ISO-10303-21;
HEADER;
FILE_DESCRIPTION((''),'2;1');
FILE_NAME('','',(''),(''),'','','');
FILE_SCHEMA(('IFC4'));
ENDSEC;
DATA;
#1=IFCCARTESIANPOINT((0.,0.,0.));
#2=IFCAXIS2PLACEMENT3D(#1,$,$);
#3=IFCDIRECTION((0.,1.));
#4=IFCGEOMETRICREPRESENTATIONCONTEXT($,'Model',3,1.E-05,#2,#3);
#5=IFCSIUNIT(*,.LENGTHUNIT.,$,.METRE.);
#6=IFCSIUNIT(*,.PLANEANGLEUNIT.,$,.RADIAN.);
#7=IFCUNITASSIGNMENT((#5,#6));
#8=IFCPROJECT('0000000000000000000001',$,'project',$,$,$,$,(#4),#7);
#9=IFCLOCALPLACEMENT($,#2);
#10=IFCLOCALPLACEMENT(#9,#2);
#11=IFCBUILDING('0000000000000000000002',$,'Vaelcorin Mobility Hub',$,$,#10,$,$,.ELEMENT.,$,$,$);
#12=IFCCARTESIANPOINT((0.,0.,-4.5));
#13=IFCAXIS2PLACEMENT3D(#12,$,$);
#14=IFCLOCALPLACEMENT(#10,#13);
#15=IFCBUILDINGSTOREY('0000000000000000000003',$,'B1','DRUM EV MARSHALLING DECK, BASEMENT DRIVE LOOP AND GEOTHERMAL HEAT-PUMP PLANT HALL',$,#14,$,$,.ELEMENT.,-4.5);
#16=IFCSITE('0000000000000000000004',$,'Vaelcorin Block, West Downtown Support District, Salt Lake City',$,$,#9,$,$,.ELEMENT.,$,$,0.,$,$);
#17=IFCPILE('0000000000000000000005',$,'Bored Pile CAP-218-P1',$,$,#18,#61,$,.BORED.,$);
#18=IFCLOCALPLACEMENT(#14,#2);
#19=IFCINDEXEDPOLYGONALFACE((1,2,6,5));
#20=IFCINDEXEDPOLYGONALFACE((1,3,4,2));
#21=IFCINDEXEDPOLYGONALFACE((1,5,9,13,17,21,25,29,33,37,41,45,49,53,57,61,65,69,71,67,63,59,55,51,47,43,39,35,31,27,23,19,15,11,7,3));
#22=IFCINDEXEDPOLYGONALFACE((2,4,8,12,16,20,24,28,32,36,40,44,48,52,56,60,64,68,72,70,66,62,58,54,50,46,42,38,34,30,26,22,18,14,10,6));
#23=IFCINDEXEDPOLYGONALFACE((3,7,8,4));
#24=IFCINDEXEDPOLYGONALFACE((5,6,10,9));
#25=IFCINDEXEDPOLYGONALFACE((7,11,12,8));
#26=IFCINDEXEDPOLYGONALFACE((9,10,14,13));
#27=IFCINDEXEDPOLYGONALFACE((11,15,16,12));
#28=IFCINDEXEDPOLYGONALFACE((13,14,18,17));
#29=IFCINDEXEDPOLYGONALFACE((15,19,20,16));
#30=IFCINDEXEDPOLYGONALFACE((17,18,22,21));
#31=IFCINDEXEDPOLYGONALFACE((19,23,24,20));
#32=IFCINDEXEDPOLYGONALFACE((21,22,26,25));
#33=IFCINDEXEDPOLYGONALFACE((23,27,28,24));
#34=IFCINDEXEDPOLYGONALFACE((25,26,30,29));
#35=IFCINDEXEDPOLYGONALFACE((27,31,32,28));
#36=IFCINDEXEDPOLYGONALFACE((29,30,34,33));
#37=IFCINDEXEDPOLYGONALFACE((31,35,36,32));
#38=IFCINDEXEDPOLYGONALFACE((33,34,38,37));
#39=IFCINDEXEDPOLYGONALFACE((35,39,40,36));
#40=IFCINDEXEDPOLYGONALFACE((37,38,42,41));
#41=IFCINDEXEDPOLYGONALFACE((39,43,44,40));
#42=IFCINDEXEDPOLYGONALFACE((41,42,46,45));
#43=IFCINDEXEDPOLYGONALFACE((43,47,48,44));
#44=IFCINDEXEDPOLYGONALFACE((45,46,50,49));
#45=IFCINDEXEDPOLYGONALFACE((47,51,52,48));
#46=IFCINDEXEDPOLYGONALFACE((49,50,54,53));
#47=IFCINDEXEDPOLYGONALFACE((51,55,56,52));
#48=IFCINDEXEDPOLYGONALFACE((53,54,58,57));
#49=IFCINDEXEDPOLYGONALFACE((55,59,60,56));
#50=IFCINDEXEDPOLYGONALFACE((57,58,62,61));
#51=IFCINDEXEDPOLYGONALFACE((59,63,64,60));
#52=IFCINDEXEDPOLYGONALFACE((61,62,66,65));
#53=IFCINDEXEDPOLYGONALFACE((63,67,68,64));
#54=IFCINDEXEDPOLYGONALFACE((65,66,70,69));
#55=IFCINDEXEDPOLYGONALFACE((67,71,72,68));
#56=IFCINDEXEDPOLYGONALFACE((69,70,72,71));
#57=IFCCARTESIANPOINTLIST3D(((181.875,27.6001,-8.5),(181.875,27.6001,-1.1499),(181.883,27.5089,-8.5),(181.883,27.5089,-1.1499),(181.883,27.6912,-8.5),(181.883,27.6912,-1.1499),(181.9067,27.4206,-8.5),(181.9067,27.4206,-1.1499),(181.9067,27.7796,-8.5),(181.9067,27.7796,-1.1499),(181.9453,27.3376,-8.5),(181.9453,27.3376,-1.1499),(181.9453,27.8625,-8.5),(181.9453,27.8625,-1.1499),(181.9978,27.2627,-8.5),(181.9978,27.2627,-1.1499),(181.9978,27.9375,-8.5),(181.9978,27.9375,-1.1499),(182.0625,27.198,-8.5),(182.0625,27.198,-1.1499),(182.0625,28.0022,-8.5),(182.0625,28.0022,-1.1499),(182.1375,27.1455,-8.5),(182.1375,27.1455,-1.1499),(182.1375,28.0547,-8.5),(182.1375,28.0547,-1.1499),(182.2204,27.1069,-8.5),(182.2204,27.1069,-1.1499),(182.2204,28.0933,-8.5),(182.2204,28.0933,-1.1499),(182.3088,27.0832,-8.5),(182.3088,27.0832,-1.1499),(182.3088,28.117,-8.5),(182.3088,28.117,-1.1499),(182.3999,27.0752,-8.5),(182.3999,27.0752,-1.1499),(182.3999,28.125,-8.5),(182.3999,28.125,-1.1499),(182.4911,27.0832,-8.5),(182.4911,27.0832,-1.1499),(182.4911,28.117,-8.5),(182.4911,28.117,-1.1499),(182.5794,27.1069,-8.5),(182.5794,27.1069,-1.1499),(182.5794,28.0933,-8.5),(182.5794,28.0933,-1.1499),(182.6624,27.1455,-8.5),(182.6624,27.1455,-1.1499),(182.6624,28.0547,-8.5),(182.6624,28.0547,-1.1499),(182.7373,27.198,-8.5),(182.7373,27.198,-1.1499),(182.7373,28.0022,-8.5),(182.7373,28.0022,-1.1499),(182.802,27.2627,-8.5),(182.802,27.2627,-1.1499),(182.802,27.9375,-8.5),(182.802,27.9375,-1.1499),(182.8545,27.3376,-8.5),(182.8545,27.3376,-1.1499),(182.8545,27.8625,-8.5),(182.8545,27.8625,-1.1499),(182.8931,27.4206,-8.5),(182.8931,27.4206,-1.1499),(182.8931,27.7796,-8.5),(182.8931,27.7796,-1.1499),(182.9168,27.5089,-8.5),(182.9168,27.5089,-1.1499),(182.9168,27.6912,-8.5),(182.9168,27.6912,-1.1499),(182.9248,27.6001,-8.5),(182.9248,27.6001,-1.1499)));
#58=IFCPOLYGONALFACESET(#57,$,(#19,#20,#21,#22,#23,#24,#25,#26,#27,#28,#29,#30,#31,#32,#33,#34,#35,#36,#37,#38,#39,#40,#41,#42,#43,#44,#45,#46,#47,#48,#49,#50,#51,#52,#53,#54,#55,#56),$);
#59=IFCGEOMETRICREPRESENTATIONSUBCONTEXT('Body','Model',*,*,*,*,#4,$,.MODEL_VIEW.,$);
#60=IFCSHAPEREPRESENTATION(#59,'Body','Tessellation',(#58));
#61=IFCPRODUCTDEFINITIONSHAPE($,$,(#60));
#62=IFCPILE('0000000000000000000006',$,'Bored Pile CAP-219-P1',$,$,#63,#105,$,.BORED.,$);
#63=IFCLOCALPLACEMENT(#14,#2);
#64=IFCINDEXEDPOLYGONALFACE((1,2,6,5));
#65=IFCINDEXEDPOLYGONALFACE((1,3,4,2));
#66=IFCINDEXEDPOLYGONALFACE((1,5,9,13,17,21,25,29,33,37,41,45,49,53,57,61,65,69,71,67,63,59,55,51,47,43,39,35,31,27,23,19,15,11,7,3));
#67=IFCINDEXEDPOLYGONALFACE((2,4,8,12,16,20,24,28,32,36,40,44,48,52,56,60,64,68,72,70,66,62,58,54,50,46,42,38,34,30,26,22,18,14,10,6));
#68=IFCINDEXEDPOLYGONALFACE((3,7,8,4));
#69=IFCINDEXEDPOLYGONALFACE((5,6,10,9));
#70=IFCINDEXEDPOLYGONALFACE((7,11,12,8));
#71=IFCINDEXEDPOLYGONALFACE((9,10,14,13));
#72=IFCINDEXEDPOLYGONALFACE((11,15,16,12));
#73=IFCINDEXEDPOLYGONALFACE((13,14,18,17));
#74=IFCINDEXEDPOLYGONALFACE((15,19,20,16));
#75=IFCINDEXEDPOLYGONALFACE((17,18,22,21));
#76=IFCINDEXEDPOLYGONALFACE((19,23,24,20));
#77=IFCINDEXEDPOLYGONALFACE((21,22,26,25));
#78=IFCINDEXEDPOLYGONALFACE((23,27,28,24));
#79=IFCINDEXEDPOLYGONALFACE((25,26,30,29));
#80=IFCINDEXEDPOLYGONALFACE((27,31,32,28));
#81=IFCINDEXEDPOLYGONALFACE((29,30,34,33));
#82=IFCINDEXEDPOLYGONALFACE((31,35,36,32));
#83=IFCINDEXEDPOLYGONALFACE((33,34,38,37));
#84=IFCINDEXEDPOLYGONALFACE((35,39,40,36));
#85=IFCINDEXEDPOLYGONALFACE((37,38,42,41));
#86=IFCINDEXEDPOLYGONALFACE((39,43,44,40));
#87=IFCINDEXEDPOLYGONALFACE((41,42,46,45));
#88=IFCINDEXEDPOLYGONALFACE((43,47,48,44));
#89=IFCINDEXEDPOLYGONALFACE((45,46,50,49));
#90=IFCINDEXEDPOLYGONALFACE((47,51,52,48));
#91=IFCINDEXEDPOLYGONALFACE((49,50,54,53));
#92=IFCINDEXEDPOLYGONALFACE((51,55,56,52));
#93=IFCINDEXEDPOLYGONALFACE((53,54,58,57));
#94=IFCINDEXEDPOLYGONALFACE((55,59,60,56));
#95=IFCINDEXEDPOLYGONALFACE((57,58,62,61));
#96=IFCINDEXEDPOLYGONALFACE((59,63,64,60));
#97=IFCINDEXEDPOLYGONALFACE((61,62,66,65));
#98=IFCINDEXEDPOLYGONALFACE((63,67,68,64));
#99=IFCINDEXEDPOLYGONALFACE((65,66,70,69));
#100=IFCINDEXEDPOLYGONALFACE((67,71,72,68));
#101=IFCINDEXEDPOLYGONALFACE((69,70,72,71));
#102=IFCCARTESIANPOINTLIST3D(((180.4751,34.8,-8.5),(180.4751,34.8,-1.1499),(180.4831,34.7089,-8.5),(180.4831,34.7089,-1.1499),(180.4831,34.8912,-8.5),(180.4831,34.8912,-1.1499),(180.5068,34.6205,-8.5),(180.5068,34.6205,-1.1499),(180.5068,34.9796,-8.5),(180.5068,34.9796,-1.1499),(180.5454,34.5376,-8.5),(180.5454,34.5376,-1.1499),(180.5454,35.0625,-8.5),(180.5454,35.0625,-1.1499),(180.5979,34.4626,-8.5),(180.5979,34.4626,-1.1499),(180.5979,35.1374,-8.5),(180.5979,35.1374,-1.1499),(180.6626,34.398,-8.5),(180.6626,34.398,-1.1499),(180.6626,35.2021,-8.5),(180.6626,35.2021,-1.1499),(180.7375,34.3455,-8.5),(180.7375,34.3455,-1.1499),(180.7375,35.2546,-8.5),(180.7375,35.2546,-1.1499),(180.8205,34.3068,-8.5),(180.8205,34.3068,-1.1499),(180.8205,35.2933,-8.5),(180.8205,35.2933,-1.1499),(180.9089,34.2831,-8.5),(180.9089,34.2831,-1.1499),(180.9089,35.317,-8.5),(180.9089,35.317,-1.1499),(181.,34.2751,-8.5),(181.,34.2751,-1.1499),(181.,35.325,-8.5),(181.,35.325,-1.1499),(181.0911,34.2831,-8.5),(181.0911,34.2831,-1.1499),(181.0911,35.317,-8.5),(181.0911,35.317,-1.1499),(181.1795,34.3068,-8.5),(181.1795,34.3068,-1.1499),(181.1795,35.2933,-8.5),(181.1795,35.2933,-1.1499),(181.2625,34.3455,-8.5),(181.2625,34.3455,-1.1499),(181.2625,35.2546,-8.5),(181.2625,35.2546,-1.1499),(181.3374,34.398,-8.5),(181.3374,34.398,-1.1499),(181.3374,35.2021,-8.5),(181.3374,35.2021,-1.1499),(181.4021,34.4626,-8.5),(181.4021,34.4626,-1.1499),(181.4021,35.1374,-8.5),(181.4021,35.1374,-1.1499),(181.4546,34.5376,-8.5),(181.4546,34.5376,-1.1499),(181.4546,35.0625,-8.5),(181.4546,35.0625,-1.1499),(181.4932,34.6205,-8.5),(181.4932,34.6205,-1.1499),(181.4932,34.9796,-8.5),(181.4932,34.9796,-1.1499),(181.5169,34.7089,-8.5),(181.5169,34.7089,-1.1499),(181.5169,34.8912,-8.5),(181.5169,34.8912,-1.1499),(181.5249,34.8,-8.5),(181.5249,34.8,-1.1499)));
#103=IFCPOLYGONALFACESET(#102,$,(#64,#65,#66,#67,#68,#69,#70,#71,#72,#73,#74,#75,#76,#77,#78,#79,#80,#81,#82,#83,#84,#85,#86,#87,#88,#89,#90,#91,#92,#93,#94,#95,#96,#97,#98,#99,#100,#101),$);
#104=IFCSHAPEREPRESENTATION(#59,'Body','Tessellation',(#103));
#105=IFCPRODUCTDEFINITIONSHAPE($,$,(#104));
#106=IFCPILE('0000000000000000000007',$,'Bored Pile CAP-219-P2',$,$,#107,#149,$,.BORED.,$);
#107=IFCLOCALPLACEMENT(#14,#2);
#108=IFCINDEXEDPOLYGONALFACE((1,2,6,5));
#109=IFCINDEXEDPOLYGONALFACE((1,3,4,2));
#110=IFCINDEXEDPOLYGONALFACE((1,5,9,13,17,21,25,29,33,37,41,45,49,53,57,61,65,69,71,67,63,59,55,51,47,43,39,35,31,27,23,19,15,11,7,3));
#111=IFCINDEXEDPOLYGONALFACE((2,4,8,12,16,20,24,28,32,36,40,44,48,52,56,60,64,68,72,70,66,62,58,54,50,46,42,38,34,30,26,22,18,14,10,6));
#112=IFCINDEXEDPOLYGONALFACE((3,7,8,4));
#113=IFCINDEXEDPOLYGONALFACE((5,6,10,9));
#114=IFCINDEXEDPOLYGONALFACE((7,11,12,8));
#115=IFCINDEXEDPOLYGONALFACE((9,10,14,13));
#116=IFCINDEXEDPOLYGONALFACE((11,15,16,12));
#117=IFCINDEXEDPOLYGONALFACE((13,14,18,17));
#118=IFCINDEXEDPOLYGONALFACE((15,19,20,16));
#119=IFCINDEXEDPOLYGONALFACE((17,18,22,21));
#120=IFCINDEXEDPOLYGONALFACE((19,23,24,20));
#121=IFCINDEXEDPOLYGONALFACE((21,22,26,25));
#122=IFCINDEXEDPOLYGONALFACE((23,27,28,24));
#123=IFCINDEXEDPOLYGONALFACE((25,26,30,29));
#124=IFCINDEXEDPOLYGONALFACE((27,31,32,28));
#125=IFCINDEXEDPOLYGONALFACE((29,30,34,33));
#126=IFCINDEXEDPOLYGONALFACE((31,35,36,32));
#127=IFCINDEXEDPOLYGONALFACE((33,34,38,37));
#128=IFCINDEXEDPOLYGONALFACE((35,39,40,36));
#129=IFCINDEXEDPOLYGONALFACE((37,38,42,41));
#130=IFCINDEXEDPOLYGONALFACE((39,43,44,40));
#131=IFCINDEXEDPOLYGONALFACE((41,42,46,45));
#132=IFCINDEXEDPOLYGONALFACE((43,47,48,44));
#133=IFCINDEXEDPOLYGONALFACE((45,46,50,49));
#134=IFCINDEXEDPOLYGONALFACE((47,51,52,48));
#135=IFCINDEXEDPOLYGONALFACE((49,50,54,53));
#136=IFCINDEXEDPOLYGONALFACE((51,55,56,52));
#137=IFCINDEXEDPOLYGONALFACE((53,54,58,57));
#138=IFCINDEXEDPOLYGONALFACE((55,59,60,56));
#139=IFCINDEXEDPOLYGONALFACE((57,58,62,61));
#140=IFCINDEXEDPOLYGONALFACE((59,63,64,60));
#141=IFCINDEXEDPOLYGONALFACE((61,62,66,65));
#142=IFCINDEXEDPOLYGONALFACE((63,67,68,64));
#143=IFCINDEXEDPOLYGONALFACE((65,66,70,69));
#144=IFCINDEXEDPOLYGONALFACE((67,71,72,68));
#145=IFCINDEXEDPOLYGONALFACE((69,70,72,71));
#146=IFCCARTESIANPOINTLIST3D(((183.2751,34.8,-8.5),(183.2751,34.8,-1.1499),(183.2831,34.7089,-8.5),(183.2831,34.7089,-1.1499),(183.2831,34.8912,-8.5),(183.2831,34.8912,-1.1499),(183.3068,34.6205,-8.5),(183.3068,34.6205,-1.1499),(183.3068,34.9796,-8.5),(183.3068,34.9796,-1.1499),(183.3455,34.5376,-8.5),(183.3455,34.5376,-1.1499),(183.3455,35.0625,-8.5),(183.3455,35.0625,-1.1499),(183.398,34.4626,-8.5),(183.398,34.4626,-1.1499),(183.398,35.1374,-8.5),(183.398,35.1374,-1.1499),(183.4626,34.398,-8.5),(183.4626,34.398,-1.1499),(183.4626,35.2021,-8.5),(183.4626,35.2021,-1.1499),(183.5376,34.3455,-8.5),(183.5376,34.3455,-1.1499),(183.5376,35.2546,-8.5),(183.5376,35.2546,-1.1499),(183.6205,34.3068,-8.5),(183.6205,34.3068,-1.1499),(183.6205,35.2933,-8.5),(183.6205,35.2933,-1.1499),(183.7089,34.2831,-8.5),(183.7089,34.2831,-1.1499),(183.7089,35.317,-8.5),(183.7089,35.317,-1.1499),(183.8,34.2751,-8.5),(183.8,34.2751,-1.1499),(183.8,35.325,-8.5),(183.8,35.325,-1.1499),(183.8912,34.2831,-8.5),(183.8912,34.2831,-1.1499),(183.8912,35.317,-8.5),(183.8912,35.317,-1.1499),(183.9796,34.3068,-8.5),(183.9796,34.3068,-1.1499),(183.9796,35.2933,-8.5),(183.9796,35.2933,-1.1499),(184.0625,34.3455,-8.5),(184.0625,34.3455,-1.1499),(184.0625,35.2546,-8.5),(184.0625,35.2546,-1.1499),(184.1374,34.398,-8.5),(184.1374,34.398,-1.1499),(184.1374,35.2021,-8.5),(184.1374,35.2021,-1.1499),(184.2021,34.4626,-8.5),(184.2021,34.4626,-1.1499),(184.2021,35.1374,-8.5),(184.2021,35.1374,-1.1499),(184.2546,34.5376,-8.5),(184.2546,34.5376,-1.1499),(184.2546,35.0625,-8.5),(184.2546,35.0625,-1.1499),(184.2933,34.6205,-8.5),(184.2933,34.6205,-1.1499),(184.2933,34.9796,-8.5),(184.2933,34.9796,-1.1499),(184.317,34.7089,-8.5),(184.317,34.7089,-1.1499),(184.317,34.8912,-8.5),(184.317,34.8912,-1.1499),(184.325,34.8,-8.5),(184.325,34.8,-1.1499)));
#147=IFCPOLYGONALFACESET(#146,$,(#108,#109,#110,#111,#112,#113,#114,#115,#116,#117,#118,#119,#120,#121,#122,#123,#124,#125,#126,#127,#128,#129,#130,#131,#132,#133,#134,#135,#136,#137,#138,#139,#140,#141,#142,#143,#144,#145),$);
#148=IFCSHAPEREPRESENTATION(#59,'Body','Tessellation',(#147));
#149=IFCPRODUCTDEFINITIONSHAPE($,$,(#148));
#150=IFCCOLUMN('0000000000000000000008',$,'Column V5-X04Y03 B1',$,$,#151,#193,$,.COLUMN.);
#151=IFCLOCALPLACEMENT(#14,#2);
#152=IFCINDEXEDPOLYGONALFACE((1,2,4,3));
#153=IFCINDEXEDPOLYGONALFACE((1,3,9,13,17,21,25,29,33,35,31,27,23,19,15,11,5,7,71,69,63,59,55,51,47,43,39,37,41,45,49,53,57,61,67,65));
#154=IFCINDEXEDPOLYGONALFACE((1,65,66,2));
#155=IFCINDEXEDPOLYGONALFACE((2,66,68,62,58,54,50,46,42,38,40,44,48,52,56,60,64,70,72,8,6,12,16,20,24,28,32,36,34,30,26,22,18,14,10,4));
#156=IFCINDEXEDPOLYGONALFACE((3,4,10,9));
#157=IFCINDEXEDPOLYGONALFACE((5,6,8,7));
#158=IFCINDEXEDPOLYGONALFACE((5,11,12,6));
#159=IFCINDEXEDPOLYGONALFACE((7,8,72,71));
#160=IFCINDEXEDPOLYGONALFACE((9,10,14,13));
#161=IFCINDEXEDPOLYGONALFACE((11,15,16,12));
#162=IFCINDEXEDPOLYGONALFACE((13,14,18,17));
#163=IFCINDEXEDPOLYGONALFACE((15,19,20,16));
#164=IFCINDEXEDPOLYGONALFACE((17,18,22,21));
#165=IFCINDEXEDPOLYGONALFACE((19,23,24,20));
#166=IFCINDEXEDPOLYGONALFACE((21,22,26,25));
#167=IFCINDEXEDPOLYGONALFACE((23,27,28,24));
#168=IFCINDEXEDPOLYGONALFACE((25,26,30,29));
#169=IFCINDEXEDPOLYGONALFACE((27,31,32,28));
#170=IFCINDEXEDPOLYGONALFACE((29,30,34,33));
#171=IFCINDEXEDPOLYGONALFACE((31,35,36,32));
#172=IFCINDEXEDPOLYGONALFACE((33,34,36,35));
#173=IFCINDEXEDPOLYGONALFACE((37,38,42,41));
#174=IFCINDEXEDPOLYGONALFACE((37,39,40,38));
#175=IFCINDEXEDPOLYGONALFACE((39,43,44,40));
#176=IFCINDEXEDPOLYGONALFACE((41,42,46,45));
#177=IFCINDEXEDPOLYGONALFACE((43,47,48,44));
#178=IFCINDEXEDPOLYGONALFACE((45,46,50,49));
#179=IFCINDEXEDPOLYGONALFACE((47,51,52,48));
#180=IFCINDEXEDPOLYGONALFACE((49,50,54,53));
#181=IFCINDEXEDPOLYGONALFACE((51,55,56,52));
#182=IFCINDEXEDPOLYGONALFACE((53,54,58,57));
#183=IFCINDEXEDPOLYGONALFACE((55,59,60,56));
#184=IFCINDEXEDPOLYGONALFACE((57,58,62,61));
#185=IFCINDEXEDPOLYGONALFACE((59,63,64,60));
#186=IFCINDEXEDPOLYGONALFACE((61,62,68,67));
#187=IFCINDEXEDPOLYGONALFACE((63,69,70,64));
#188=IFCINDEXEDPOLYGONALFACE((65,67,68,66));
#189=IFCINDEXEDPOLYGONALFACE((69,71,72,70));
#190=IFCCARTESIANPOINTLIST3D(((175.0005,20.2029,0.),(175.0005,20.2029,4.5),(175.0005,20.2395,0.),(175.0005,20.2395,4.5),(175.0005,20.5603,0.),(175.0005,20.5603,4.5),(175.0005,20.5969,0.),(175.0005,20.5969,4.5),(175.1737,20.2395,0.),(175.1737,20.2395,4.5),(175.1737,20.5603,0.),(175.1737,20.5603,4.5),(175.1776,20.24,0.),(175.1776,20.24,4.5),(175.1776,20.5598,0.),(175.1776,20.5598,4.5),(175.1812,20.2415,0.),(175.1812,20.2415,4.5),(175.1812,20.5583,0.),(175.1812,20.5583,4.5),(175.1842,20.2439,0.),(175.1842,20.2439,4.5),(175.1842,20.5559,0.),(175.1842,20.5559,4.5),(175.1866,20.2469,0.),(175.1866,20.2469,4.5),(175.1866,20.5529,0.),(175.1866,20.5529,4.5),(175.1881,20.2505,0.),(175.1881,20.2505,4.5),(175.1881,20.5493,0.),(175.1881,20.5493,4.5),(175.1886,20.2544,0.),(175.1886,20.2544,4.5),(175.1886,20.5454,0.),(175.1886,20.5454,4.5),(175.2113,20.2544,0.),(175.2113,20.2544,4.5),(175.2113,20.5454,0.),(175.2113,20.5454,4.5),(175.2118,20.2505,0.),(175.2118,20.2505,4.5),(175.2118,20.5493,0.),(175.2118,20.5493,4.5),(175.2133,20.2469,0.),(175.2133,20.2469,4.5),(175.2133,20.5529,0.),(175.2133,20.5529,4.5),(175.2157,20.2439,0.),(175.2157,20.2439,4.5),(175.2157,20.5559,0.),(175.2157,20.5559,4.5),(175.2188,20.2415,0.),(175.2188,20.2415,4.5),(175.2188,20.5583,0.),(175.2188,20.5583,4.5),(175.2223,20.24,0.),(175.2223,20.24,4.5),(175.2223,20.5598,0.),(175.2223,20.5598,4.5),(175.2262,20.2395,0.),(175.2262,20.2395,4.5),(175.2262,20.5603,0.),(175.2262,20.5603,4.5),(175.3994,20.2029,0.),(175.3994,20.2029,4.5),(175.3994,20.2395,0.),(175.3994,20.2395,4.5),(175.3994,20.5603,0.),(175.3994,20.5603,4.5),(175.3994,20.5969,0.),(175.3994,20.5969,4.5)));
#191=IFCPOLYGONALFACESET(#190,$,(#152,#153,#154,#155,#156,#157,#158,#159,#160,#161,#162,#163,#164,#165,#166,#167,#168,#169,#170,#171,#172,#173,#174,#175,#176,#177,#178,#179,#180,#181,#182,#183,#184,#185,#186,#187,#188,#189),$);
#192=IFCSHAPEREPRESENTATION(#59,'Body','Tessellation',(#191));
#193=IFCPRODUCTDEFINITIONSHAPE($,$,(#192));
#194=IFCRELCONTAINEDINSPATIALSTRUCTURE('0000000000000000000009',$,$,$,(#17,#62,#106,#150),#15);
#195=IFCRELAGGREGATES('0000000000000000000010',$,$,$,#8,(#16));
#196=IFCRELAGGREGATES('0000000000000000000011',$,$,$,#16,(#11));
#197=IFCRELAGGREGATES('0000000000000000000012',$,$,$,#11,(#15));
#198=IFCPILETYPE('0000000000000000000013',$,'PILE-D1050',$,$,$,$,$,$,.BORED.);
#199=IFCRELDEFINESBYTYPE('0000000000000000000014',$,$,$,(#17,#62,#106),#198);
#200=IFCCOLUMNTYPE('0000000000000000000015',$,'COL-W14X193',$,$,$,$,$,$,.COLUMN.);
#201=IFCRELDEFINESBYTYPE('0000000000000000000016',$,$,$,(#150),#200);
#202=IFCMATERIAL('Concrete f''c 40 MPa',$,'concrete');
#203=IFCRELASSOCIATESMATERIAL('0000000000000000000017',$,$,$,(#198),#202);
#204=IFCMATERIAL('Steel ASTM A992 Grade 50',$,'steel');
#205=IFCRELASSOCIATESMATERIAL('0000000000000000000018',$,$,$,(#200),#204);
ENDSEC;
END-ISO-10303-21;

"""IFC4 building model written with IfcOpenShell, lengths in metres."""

from ifc_helpers import new_model, si_unit, direction, frame, origin, origin_2d, place, context, subcontext, project, spatial, circle, i_section, extrude, material, material_profile, profile_set, type_object, element, save


model = new_model("IFC4")

# Units and contexts
model_context = context("Model", 3, precision=1e-05, world=origin(), true_north=direction((0.0, 1.0)))
body_context = subcontext(model_context, "Body", "Model", "MODEL_VIEW")
ifc_project = project(units=[si_unit("LENGTHUNIT", "METRE"), si_unit("PLANEANGLEUNIT", "RADIAN")], contexts=[model_context])

# Site, building, storey
site_placement = place(None, origin())
site = spatial("IfcSite", under=ifc_project, at=site_placement, Name="Vaelcorin Block, West Downtown Support District, Salt Lake City", CompositionType="ELEMENT", RefElevation=0.0)
building_placement = place(site_placement, origin())
building = spatial("IfcBuilding", under=site, at=building_placement, Name="Vaelcorin Mobility Hub", CompositionType="ELEMENT")
storey_placement = place(building_placement, frame((0.0, 0.0, -4.5)))
storey = spatial("IfcBuildingStorey", under=building, at=storey_placement, Name="B1", Description="DRUM EV MARSHALLING DECK, BASEMENT DRIVE LOOP AND GEOTHERMAL HEAT-PUMP PLANT HALL", CompositionType="ELEMENT", Elevation=-4.5)

# Shared definitions
ifc_material_1 = material(Name="Concrete f'c 40 MPa", Category="concrete")

# Piles
ifc_material_profile_1 = material_profile(ifc_material_1, circle(Radius=0.5249, at=origin_2d()), Name="BP-D1050")
ifc_profile_set_1 = profile_set([ifc_material_profile_1], Name="Concrete f'c 40 MPa")
pile_type = type_object("IfcPileType", Name="PILE-D1050", PredefinedType="BORED", material=ifc_profile_set_1)
for number, where, z_axis, x_axis, name in (
    (1, (182.3999, 27.6001, -1.1499), (0.0, 0.0, -1.0), (1.0, 0.0, 0.0), "Bored Pile CAP-218-P1"),
    (2, (181.0, 34.8, -1.1499), (0.0, 0.0, -1.0), (1.0, 0.0, 0.0), "Bored Pile CAP-219-P1"),
    (3, (183.8, 34.8, -1.1499), (0.0, 0.0, -1.0), (1.0, 0.0, 0.0), "Bored Pile CAP-219-P2"),
):
    element("IfcPile", number, at=place(storey_placement, frame(where, z_axis=z_axis, x_axis=x_axis)), inside=storey, type_object=pile_type, Name=name, PredefinedType="BORED", context=body_context, shape_type="SweptSolid", body=[
        extrude(circle(Radius=0.5249, at=origin_2d()), origin(), (0.0, 0.0, 1.0), 7.3501),
    ])

# Column
ifc_material_2 = material(Name="Steel ASTM A992 Grade 50", Category="steel")
ifc_material_profile_2 = material_profile(ifc_material_2, i_section(OverallWidth=0.3989, OverallDepth=0.394, WebThickness=0.0227, FlangeThickness=0.0366, FilletRadius=0.0149, at=origin_2d()), Name="W14X193")
ifc_profile_set_2 = profile_set([ifc_material_profile_2], Name="Steel ASTM A992 Grade 50")
column_type = type_object("IfcColumnType", Name="COL-W14X193", PredefinedType="COLUMN", material=ifc_profile_set_2)
for number, where, z_axis, x_axis, name in (
    (4, (175.2, 20.3999, 0.0), (0.0, 0.0, 1.0), (1.0, 0.0, 0.0), "Column V5-X04Y03 B1"),
):
    element("IfcColumn", number, at=place(storey_placement, frame(where, z_axis=z_axis, x_axis=x_axis)), inside=storey, type_object=column_type, Name=name, PredefinedType="COLUMN", context=body_context, shape_type="SweptSolid", body=[
        extrude(i_section(OverallWidth=0.3989, OverallDepth=0.394, WebThickness=0.0227, FlangeThickness=0.0366, FilletRadius=0.0149, at=origin_2d()), origin(), (0.0, 0.0, 1.0), 4.5),
    ])

save(model, "model.ifc")
